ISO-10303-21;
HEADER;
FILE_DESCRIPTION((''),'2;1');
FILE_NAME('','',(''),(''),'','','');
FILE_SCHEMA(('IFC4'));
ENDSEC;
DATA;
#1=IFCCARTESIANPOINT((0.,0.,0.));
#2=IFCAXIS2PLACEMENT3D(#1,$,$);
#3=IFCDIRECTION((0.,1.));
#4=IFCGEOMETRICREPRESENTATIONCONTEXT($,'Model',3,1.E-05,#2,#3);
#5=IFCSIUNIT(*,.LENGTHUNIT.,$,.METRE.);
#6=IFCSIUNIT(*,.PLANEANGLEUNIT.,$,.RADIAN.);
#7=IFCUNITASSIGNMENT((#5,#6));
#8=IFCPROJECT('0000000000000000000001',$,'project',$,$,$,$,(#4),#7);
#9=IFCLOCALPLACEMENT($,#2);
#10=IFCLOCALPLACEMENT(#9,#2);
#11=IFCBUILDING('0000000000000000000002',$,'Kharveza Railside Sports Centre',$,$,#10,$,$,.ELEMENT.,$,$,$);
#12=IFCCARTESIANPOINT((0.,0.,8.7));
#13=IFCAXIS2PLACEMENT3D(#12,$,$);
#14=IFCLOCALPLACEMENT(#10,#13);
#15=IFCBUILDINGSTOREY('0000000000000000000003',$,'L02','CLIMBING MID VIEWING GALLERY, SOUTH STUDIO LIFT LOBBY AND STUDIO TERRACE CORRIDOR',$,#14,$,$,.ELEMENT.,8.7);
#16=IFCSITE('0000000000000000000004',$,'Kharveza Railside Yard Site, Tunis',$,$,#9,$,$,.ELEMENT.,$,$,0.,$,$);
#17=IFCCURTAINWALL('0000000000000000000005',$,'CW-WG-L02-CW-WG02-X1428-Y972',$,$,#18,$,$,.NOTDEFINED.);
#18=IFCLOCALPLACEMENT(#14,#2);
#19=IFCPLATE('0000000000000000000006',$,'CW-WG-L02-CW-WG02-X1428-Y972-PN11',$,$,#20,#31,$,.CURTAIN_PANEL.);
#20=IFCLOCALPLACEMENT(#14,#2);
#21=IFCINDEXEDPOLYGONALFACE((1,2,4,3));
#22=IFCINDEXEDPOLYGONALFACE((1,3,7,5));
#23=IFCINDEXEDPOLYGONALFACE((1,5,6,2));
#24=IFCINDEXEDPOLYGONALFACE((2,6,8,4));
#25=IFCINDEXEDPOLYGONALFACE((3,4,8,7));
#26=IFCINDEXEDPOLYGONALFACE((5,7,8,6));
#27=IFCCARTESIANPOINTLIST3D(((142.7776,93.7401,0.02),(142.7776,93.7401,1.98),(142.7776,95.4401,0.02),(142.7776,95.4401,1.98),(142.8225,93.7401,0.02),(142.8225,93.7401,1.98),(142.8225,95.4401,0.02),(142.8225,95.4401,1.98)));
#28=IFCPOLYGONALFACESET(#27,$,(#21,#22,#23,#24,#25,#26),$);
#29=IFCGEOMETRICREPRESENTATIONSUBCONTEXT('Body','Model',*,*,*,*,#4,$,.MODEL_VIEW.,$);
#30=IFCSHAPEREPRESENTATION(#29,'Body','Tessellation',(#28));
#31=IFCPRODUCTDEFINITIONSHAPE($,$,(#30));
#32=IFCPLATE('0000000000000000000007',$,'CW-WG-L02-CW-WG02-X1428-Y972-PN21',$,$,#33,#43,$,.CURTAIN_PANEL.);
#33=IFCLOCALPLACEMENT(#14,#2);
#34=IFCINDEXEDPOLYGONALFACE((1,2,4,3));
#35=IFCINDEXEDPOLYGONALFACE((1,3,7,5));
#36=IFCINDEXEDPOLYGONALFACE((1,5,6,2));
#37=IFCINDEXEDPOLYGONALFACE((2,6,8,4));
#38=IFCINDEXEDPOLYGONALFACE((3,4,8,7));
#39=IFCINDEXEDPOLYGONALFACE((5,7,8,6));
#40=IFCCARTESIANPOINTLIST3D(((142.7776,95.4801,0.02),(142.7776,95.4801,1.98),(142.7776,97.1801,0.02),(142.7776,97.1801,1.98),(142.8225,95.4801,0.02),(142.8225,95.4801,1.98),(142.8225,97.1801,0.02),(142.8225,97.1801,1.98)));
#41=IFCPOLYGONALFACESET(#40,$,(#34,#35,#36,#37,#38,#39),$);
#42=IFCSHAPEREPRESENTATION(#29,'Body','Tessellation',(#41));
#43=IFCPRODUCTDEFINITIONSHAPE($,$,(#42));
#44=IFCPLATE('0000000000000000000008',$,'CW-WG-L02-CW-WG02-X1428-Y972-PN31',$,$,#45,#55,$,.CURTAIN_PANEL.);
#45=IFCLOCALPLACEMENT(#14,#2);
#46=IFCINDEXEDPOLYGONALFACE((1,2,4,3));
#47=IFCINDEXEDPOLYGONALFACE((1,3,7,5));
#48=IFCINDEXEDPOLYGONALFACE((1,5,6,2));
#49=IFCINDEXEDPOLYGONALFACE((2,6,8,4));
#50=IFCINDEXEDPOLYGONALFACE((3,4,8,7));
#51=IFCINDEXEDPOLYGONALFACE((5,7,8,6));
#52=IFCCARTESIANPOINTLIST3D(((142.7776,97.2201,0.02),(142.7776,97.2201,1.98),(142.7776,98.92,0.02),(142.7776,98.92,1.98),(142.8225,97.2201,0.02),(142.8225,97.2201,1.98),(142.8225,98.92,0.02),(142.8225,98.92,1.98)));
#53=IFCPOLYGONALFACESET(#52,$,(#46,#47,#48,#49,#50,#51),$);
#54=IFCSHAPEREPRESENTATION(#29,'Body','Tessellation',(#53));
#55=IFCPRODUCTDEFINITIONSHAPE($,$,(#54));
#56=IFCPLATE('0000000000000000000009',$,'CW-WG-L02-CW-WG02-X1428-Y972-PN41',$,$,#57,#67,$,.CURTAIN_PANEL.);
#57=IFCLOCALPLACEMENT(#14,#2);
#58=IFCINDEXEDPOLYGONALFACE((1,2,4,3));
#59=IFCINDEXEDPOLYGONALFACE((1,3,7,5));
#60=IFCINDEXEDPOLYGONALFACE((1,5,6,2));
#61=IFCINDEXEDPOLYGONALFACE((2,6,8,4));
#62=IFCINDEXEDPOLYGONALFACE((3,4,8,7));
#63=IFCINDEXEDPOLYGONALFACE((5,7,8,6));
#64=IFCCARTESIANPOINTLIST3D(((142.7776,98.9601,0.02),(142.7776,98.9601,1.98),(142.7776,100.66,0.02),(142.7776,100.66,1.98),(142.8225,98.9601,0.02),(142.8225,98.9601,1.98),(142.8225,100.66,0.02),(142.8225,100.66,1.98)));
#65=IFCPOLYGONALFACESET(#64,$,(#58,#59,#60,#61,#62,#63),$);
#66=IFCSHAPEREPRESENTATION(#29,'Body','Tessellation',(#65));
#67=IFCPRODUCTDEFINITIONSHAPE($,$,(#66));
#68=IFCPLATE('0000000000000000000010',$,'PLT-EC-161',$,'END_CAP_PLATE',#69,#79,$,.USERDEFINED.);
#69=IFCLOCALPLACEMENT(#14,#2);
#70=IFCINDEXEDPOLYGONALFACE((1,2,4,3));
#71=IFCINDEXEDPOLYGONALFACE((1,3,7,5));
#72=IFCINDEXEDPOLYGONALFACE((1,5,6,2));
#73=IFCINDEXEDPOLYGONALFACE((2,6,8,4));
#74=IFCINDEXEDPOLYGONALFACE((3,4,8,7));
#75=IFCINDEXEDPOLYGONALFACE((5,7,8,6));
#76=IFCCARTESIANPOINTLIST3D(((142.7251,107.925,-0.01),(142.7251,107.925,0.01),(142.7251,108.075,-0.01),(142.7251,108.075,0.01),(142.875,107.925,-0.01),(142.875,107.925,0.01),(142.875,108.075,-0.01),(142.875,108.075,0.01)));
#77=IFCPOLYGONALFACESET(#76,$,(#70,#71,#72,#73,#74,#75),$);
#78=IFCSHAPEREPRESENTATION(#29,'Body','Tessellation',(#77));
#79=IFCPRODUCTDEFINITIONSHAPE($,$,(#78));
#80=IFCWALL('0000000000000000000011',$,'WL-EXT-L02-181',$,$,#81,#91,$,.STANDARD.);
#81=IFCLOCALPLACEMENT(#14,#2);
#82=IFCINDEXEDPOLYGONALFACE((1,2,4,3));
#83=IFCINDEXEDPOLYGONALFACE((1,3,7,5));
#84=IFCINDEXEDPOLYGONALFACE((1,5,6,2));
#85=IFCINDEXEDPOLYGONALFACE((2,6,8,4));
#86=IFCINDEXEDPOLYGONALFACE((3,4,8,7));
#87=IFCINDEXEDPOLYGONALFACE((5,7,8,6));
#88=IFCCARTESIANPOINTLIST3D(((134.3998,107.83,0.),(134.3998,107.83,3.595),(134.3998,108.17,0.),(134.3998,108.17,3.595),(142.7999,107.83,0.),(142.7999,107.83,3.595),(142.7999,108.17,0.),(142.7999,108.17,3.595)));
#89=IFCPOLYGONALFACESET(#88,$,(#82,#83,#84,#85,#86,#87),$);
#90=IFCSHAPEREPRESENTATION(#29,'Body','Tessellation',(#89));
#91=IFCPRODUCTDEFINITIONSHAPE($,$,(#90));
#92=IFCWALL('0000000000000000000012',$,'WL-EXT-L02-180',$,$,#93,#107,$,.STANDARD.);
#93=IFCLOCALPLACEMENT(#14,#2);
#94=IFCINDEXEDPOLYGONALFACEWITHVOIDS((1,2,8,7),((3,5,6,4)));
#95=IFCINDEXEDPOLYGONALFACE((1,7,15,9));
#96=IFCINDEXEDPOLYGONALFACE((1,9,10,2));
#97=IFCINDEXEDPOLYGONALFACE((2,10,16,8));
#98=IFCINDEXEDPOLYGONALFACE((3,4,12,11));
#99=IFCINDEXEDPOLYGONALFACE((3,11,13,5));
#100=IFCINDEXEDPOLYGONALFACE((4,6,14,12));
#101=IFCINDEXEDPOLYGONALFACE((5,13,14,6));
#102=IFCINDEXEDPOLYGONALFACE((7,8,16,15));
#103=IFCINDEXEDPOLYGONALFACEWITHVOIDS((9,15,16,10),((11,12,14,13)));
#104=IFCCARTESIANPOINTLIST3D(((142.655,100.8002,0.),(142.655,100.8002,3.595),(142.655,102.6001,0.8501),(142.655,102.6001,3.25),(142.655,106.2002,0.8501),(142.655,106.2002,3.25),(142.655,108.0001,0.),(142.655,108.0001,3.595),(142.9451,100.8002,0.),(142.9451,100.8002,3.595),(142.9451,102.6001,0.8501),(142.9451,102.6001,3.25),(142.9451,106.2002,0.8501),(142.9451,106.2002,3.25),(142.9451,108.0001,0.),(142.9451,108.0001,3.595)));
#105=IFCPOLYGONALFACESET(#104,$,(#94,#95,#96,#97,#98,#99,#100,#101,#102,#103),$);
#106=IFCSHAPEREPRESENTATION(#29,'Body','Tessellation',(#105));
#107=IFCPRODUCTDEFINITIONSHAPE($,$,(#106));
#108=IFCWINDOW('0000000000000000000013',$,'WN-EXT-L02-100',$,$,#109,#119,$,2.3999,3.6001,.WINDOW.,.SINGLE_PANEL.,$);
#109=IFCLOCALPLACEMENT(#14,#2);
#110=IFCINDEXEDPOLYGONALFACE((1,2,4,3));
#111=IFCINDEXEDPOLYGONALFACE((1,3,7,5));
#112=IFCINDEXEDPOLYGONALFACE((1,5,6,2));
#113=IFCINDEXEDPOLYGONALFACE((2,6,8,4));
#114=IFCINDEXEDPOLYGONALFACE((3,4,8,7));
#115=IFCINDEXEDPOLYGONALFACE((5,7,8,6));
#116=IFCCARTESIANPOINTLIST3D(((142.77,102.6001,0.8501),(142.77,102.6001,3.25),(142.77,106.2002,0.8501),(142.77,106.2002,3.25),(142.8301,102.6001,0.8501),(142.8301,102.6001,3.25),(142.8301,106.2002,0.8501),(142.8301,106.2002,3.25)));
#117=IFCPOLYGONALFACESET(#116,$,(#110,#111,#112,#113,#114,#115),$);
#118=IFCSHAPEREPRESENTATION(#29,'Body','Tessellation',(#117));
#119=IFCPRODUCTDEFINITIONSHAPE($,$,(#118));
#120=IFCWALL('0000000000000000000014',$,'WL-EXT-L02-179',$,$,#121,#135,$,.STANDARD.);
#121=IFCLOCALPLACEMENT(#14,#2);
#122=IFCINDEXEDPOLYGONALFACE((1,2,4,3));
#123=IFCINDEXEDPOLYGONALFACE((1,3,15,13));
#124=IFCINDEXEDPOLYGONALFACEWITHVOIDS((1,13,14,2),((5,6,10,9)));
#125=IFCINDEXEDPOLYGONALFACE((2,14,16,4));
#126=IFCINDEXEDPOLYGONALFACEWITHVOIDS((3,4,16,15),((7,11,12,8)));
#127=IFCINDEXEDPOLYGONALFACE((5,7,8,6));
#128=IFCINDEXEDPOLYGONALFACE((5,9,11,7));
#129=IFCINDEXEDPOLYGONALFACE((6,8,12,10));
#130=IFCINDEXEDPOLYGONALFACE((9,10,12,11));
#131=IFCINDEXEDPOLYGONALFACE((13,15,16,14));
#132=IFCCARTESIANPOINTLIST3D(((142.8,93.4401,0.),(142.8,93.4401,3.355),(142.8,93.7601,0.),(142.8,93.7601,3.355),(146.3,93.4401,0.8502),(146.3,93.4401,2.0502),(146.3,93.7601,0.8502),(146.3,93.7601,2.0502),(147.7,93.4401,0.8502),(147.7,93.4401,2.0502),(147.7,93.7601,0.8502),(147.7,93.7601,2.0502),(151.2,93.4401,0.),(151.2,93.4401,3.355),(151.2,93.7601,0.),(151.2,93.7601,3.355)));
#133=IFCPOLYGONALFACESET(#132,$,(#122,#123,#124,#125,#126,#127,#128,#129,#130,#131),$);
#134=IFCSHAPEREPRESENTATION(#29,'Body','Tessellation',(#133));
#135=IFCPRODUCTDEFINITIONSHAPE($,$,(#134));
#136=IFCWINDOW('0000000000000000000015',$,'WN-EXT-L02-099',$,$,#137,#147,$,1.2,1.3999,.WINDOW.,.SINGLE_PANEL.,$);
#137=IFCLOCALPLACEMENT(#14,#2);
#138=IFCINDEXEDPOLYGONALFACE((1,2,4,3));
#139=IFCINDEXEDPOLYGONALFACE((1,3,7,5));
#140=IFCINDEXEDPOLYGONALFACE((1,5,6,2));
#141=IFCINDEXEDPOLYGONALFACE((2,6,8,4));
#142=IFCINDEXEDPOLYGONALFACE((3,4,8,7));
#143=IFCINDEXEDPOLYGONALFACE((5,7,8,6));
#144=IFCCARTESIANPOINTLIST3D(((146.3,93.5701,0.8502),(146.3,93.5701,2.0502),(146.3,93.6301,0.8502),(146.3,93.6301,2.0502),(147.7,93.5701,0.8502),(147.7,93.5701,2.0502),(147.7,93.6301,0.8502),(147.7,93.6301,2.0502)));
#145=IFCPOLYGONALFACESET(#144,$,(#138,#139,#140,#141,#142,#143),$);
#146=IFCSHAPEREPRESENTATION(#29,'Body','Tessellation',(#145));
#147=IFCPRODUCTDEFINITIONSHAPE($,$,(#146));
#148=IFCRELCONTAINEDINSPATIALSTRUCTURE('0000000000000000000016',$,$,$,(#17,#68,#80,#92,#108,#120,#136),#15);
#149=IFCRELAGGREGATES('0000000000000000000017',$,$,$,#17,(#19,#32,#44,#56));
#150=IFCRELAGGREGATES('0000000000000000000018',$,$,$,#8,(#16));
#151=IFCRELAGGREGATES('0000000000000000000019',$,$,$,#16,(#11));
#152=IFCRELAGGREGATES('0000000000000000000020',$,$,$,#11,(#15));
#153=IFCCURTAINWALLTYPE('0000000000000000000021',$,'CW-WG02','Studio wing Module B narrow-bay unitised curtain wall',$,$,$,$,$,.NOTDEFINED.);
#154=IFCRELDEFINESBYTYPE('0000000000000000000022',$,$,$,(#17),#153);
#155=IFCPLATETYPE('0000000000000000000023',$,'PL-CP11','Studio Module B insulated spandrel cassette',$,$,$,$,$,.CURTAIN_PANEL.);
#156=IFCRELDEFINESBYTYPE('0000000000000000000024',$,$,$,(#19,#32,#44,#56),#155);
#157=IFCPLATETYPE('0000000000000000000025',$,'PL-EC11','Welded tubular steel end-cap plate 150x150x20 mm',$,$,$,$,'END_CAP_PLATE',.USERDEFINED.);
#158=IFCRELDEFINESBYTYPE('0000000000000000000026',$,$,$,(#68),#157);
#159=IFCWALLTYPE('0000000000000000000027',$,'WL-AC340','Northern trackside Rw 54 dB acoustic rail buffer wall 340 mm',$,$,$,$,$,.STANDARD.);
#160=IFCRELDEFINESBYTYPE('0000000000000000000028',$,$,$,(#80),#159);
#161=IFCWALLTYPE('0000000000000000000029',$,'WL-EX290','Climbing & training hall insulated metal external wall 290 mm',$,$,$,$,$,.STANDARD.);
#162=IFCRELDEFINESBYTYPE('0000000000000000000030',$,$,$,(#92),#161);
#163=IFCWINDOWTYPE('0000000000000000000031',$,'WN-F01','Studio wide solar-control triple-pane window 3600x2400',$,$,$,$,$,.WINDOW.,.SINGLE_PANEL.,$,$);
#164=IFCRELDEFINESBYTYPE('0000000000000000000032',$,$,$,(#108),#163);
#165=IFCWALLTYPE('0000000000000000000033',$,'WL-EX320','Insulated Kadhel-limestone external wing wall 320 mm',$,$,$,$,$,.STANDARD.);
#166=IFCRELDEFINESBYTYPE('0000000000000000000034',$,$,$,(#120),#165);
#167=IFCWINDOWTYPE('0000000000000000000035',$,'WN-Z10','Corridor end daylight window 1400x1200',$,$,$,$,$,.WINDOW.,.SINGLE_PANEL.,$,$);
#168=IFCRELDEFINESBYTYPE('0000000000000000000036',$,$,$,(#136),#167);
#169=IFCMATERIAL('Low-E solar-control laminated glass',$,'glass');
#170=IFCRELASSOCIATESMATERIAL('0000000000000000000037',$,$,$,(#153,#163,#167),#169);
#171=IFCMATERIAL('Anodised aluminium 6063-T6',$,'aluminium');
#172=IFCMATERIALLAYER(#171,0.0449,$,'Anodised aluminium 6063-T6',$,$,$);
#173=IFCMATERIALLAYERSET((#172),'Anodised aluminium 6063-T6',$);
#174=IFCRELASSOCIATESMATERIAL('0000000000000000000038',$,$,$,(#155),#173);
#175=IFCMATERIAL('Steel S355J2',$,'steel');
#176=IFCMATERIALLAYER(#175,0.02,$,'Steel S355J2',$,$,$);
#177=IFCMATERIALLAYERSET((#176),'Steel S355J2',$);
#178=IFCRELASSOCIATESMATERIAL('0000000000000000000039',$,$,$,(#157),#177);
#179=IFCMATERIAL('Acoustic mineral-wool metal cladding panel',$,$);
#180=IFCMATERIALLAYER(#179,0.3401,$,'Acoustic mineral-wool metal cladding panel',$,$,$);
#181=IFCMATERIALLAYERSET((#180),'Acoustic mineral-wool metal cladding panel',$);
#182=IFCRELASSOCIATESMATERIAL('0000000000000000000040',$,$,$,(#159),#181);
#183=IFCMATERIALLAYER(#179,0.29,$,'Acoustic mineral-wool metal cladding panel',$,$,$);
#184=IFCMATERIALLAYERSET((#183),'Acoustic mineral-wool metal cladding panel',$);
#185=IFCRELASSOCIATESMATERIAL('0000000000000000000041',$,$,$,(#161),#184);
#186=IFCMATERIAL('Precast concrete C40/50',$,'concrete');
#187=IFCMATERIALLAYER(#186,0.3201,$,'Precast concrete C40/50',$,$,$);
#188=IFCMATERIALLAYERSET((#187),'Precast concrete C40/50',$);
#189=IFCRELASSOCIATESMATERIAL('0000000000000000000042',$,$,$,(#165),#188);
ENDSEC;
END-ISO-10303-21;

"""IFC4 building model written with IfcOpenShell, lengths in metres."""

from ifc_helpers import new_model, si_unit, direction, frame, frame_2d, origin, origin_2d, place, context, subcontext, project, spatial, rectangle, extrude, material, layer, layer_set, type_object, element, fill, aggregate, save


model = new_model("IFC4")

# Units and contexts
model_context = context("Model", 3, precision=1e-05, world=origin(), true_north=direction((0.0, 1.0)))
body_context = subcontext(model_context, "Body", "Model", "MODEL_VIEW")
ifc_project = project(units=[si_unit("LENGTHUNIT", "METRE"), si_unit("PLANEANGLEUNIT", "RADIAN")], contexts=[model_context])

# Site, building, storey
site_placement = place(None, origin())
site = spatial("IfcSite", under=ifc_project, at=site_placement, Name="Kharveza Railside Yard Site, Tunis", CompositionType="ELEMENT", RefElevation=0.0)
building_placement = place(site_placement, origin())
building = spatial("IfcBuilding", under=site, at=building_placement, Name="Kharveza Railside Sports Centre", CompositionType="ELEMENT")
storey_placement = place(building_placement, frame((0.0, 0.0, 8.7)))
storey = spatial("IfcBuildingStorey", under=building, at=storey_placement, Name="L02", Description="CLIMBING MID VIEWING GALLERY, SOUTH STUDIO LIFT LOBBY AND STUDIO TERRACE CORRIDOR", CompositionType="ELEMENT", Elevation=8.7)

# Shared definitions
ifc_material_1 = material(Name="Steel S355J2", Category="steel")

# Curtain wall
ifc_material_2 = material(Name="Low-E solar-control laminated glass", Category="glass")
curtain_wall_type = type_object("IfcCurtainWallType", Name="CW-WG02", Description="Studio wing Module B narrow-bay unitised curtain wall", PredefinedType="NOTDEFINED", material=ifc_material_2)
curtain_wall_placement = place(storey_placement, origin())
curtain_wall = element("IfcCurtainWall", 1, at=curtain_wall_placement, inside=storey, type_object=curtain_wall_type, Name="CW-WG-L02-CW-WG02-X1428-Y972", PredefinedType="NOTDEFINED")
ifc_material_3 = material(Name="Anodised aluminium 6063-T6", Category="aluminium")

# Plates
ifc_layer_1 = layer(ifc_material_3, 0.0449, Name="Anodised aluminium 6063-T6")
ifc_layer_set_1 = layer_set([ifc_layer_1], Name="Anodised aluminium 6063-T6")
plate_type_1 = type_object("IfcPlateType", Name="PL-CP11", Description="Studio Module B insulated spandrel cassette", PredefinedType="CURTAIN_PANEL", material=ifc_layer_set_1)
plate_1_placement = place(storey_placement, frame((142.8, 94.5901, 0.02), z_axis=(0.0, 0.0, 1.0), x_axis=(0.0, 1.0, 0.0)))
plate_1 = element("IfcPlate", 2, at=plate_1_placement, type_object=plate_type_1, Name="CW-WG-L02-CW-WG02-X1428-Y972-PN11", PredefinedType="CURTAIN_PANEL", context=body_context, shape_type="SweptSolid", body=[
    extrude(rectangle(XDim=1.7, YDim=0.0449, at=origin_2d()), origin(), (0.0, 0.0, 1.0), 1.96),
])
plate_2_placement = place(storey_placement, frame((142.8, 96.3301, 0.02), z_axis=(0.0, 0.0, 1.0), x_axis=(0.0, 1.0, 0.0)))
plate_2 = element("IfcPlate", 3, at=plate_2_placement, type_object=plate_type_1, Name="CW-WG-L02-CW-WG02-X1428-Y972-PN21", PredefinedType="CURTAIN_PANEL", context=body_context, shape_type="SweptSolid", body=[
    extrude(rectangle(XDim=1.7, YDim=0.0449, at=origin_2d()), origin(), (0.0, 0.0, 1.0), 1.96),
])
plate_3_placement = place(storey_placement, frame((142.8, 98.0701, 0.02), z_axis=(0.0, 0.0, 1.0), x_axis=(0.0, 1.0, 0.0)))
plate_3 = element("IfcPlate", 4, at=plate_3_placement, type_object=plate_type_1, Name="CW-WG-L02-CW-WG02-X1428-Y972-PN31", PredefinedType="CURTAIN_PANEL", context=body_context, shape_type="SweptSolid", body=[
    extrude(rectangle(XDim=1.7, YDim=0.0449, at=origin_2d()), origin(), (0.0, 0.0, 1.0), 1.96),
])
plate_4_placement = place(storey_placement, frame((142.8, 99.8101, 0.02), z_axis=(0.0, 0.0, 1.0), x_axis=(0.0, 1.0, 0.0)))
plate_4 = element("IfcPlate", 5, at=plate_4_placement, type_object=plate_type_1, Name="CW-WG-L02-CW-WG02-X1428-Y972-PN41", PredefinedType="CURTAIN_PANEL", context=body_context, shape_type="SweptSolid", body=[
    extrude(rectangle(XDim=1.7, YDim=0.0449, at=origin_2d()), origin(), (0.0, 0.0, 1.0), 1.96),
])
aggregate(curtain_wall, [plate_1, plate_2, plate_3, plate_4])
ifc_layer_2 = layer(ifc_material_1, 0.02, Name="Steel S355J2")
ifc_layer_set_2 = layer_set([ifc_layer_2], Name="Steel S355J2")
plate_type_2 = type_object("IfcPlateType", Name="PL-EC11", Description="Welded tubular steel end-cap plate 150x150x20 mm", ElementType="END_CAP_PLATE", PredefinedType="USERDEFINED", material=ifc_layer_set_2)
plate_5_placement = place(storey_placement, frame((142.8, 108.0, -0.01), z_axis=(0.0, 0.0, 1.0), x_axis=(1.0, 0.0, 0.0)))
element("IfcPlate", 6, at=plate_5_placement, inside=storey, type_object=plate_type_2, Name="PLT-EC-161", ObjectType="END_CAP_PLATE", PredefinedType="USERDEFINED", context=body_context, shape_type="SweptSolid", body=[
    extrude(rectangle(XDim=0.1499, YDim=0.1499, at=origin_2d()), origin(), (0.0, 0.0, 1.0), 0.02),
])

# Wall
ifc_material_4 = material(Name="Acoustic mineral-wool metal cladding panel")
ifc_layer_3 = layer(ifc_material_4, 0.3401, Name="Acoustic mineral-wool metal cladding panel")
ifc_layer_set_3 = layer_set([ifc_layer_3], Name="Acoustic mineral-wool metal cladding panel")
wall_type_1 = type_object("IfcWallType", Name="WL-AC340", Description="Northern trackside Rw 54 dB acoustic rail buffer wall 340 mm", PredefinedType="STANDARD", material=ifc_layer_set_3)
wall_1_placement = place(storey_placement, frame((142.8, 108.0, 0.0), z_axis=(0.0, 0.0, 1.0), x_axis=(-1.0, 0.0, 0.0)))
element("IfcWall", 7, at=wall_1_placement, inside=storey, type_object=wall_type_1, Name="WL-EXT-L02-181", PredefinedType="STANDARD", context=body_context, shape_type="SweptSolid", body=[
    extrude(rectangle(XDim=8.4001, YDim=0.3401, at=frame_2d((4.2002, 0.0))), origin(), (0.0, 0.0, 1.0), 3.595),
])

# Walls, openings, windows
ifc_layer_4 = layer(ifc_material_4, 0.29, Name="Acoustic mineral-wool metal cladding panel")
ifc_layer_set_4 = layer_set([ifc_layer_4], Name="Acoustic mineral-wool metal cladding panel")
wall_type_2 = type_object("IfcWallType", Name="WL-EX290", Description="Climbing & training hall insulated metal external wall 290 mm", PredefinedType="STANDARD", material=ifc_layer_set_4)
wall_2_placement = place(storey_placement, frame((142.8, 100.8, 0.0), z_axis=(0.0, 0.0, 1.0), x_axis=(0.0, 1.0, 0.0)))
wall_2 = element("IfcWall", 8, at=wall_2_placement, inside=storey, type_object=wall_type_2, Name="WL-EXT-L02-180", PredefinedType="STANDARD", context=body_context, shape_type="SweptSolid", body=[
    extrude(rectangle(XDim=7.2, YDim=0.29, at=frame_2d((3.6001, 0.0))), origin(), (0.0, 0.0, 1.0), 3.595),
])
opening_1_placement = place(wall_2_placement, frame((1.8, 0.0, 0.8501)))
opening_1 = element("IfcOpeningElement", 9, at=opening_1_placement, cuts=wall_2, PredefinedType="OPENING", context=body_context, shape_type="SweptSolid", body=[
    extrude(rectangle(XDim=3.6001, YDim=2.3999, at=frame_2d((1.8, 1.2))), frame((0.0, 0.1699, 0.0), z_axis=(0.0, -1.0, 0.0), x_axis=(1.0, 0.0, 0.0)), (0.0, 0.0, 1.0), 0.3398),
])
window_type_1 = type_object("IfcWindowType", Name="WN-F01", Description="Studio wide solar-control triple-pane window 3600x2400", PartitioningType="SINGLE_PANEL", PredefinedType="WINDOW", material=ifc_material_2)
window_1_placement = place(opening_1_placement, origin())
window_1 = element("IfcWindow", 10, at=window_1_placement, inside=storey, type_object=window_type_1, Name="WN-EXT-L02-100", OverallHeight=2.3999, OverallWidth=3.6001, PartitioningType="SINGLE_PANEL", PredefinedType="WINDOW", context=body_context, shape_type="SweptSolid", body=[
    extrude(rectangle(XDim=3.6001, YDim=2.3999, at=frame_2d((1.8, 1.2))), frame((0.0, 0.03, 0.0), z_axis=(0.0, -1.0, 0.0), x_axis=(1.0, 0.0, 0.0)), (0.0, 0.0, 1.0), 0.0601),
])
fill(opening_1, window_1)
ifc_material_5 = material(Name="Precast concrete C40/50", Category="concrete")
ifc_layer_5 = layer(ifc_material_5, 0.3201, Name="Precast concrete C40/50")
ifc_layer_set_5 = layer_set([ifc_layer_5], Name="Precast concrete C40/50")
wall_type_3 = type_object("IfcWallType", Name="WL-EX320", Description="Insulated Kadhel-limestone external wing wall 320 mm", PredefinedType="STANDARD", material=ifc_layer_set_5)
wall_3_placement = place(storey_placement, frame((151.2, 93.6001, 0.0), z_axis=(0.0, 0.0, 1.0), x_axis=(-1.0, 0.0, 0.0)))
wall_3 = element("IfcWall", 11, at=wall_3_placement, inside=storey, type_object=wall_type_3, Name="WL-EXT-L02-179", PredefinedType="STANDARD", context=body_context, shape_type="SweptSolid", body=[
    extrude(rectangle(XDim=8.3999, YDim=0.3201, at=frame_2d((4.2, 0.0))), origin(), (0.0, 0.0, 1.0), 3.355),
])
opening_2_placement = place(wall_3_placement, frame((3.5, 0.0, 0.8501)))
opening_2 = element("IfcOpeningElement", 12, at=opening_2_placement, cuts=wall_3, PredefinedType="OPENING", context=body_context, shape_type="SweptSolid", body=[
    extrude(rectangle(XDim=1.3999, YDim=1.2, at=frame_2d((0.7, 0.6001))), frame((0.0, 0.1851, 0.0), z_axis=(0.0, -1.0, 0.0), x_axis=(1.0, 0.0, 0.0)), (0.0, 0.0, 1.0), 0.3699),
])
window_type_2 = type_object("IfcWindowType", Name="WN-Z10", Description="Corridor end daylight window 1400x1200", PartitioningType="SINGLE_PANEL", PredefinedType="WINDOW", material=ifc_material_2)
window_2_placement = place(opening_2_placement, origin())
window_2 = element("IfcWindow", 13, at=window_2_placement, inside=storey, type_object=window_type_2, Name="WN-EXT-L02-099", OverallHeight=1.2, OverallWidth=1.3999, PartitioningType="SINGLE_PANEL", PredefinedType="WINDOW", context=body_context, shape_type="SweptSolid", body=[
    extrude(rectangle(XDim=1.3999, YDim=1.2, at=frame_2d((0.7, 0.6001))), frame((0.0, 0.03, 0.0), z_axis=(0.0, -1.0, 0.0), x_axis=(1.0, 0.0, 0.0)), (0.0, 0.0, 1.0), 0.0601),
])
fill(opening_2, window_2)

save(model, "model.ifc")
